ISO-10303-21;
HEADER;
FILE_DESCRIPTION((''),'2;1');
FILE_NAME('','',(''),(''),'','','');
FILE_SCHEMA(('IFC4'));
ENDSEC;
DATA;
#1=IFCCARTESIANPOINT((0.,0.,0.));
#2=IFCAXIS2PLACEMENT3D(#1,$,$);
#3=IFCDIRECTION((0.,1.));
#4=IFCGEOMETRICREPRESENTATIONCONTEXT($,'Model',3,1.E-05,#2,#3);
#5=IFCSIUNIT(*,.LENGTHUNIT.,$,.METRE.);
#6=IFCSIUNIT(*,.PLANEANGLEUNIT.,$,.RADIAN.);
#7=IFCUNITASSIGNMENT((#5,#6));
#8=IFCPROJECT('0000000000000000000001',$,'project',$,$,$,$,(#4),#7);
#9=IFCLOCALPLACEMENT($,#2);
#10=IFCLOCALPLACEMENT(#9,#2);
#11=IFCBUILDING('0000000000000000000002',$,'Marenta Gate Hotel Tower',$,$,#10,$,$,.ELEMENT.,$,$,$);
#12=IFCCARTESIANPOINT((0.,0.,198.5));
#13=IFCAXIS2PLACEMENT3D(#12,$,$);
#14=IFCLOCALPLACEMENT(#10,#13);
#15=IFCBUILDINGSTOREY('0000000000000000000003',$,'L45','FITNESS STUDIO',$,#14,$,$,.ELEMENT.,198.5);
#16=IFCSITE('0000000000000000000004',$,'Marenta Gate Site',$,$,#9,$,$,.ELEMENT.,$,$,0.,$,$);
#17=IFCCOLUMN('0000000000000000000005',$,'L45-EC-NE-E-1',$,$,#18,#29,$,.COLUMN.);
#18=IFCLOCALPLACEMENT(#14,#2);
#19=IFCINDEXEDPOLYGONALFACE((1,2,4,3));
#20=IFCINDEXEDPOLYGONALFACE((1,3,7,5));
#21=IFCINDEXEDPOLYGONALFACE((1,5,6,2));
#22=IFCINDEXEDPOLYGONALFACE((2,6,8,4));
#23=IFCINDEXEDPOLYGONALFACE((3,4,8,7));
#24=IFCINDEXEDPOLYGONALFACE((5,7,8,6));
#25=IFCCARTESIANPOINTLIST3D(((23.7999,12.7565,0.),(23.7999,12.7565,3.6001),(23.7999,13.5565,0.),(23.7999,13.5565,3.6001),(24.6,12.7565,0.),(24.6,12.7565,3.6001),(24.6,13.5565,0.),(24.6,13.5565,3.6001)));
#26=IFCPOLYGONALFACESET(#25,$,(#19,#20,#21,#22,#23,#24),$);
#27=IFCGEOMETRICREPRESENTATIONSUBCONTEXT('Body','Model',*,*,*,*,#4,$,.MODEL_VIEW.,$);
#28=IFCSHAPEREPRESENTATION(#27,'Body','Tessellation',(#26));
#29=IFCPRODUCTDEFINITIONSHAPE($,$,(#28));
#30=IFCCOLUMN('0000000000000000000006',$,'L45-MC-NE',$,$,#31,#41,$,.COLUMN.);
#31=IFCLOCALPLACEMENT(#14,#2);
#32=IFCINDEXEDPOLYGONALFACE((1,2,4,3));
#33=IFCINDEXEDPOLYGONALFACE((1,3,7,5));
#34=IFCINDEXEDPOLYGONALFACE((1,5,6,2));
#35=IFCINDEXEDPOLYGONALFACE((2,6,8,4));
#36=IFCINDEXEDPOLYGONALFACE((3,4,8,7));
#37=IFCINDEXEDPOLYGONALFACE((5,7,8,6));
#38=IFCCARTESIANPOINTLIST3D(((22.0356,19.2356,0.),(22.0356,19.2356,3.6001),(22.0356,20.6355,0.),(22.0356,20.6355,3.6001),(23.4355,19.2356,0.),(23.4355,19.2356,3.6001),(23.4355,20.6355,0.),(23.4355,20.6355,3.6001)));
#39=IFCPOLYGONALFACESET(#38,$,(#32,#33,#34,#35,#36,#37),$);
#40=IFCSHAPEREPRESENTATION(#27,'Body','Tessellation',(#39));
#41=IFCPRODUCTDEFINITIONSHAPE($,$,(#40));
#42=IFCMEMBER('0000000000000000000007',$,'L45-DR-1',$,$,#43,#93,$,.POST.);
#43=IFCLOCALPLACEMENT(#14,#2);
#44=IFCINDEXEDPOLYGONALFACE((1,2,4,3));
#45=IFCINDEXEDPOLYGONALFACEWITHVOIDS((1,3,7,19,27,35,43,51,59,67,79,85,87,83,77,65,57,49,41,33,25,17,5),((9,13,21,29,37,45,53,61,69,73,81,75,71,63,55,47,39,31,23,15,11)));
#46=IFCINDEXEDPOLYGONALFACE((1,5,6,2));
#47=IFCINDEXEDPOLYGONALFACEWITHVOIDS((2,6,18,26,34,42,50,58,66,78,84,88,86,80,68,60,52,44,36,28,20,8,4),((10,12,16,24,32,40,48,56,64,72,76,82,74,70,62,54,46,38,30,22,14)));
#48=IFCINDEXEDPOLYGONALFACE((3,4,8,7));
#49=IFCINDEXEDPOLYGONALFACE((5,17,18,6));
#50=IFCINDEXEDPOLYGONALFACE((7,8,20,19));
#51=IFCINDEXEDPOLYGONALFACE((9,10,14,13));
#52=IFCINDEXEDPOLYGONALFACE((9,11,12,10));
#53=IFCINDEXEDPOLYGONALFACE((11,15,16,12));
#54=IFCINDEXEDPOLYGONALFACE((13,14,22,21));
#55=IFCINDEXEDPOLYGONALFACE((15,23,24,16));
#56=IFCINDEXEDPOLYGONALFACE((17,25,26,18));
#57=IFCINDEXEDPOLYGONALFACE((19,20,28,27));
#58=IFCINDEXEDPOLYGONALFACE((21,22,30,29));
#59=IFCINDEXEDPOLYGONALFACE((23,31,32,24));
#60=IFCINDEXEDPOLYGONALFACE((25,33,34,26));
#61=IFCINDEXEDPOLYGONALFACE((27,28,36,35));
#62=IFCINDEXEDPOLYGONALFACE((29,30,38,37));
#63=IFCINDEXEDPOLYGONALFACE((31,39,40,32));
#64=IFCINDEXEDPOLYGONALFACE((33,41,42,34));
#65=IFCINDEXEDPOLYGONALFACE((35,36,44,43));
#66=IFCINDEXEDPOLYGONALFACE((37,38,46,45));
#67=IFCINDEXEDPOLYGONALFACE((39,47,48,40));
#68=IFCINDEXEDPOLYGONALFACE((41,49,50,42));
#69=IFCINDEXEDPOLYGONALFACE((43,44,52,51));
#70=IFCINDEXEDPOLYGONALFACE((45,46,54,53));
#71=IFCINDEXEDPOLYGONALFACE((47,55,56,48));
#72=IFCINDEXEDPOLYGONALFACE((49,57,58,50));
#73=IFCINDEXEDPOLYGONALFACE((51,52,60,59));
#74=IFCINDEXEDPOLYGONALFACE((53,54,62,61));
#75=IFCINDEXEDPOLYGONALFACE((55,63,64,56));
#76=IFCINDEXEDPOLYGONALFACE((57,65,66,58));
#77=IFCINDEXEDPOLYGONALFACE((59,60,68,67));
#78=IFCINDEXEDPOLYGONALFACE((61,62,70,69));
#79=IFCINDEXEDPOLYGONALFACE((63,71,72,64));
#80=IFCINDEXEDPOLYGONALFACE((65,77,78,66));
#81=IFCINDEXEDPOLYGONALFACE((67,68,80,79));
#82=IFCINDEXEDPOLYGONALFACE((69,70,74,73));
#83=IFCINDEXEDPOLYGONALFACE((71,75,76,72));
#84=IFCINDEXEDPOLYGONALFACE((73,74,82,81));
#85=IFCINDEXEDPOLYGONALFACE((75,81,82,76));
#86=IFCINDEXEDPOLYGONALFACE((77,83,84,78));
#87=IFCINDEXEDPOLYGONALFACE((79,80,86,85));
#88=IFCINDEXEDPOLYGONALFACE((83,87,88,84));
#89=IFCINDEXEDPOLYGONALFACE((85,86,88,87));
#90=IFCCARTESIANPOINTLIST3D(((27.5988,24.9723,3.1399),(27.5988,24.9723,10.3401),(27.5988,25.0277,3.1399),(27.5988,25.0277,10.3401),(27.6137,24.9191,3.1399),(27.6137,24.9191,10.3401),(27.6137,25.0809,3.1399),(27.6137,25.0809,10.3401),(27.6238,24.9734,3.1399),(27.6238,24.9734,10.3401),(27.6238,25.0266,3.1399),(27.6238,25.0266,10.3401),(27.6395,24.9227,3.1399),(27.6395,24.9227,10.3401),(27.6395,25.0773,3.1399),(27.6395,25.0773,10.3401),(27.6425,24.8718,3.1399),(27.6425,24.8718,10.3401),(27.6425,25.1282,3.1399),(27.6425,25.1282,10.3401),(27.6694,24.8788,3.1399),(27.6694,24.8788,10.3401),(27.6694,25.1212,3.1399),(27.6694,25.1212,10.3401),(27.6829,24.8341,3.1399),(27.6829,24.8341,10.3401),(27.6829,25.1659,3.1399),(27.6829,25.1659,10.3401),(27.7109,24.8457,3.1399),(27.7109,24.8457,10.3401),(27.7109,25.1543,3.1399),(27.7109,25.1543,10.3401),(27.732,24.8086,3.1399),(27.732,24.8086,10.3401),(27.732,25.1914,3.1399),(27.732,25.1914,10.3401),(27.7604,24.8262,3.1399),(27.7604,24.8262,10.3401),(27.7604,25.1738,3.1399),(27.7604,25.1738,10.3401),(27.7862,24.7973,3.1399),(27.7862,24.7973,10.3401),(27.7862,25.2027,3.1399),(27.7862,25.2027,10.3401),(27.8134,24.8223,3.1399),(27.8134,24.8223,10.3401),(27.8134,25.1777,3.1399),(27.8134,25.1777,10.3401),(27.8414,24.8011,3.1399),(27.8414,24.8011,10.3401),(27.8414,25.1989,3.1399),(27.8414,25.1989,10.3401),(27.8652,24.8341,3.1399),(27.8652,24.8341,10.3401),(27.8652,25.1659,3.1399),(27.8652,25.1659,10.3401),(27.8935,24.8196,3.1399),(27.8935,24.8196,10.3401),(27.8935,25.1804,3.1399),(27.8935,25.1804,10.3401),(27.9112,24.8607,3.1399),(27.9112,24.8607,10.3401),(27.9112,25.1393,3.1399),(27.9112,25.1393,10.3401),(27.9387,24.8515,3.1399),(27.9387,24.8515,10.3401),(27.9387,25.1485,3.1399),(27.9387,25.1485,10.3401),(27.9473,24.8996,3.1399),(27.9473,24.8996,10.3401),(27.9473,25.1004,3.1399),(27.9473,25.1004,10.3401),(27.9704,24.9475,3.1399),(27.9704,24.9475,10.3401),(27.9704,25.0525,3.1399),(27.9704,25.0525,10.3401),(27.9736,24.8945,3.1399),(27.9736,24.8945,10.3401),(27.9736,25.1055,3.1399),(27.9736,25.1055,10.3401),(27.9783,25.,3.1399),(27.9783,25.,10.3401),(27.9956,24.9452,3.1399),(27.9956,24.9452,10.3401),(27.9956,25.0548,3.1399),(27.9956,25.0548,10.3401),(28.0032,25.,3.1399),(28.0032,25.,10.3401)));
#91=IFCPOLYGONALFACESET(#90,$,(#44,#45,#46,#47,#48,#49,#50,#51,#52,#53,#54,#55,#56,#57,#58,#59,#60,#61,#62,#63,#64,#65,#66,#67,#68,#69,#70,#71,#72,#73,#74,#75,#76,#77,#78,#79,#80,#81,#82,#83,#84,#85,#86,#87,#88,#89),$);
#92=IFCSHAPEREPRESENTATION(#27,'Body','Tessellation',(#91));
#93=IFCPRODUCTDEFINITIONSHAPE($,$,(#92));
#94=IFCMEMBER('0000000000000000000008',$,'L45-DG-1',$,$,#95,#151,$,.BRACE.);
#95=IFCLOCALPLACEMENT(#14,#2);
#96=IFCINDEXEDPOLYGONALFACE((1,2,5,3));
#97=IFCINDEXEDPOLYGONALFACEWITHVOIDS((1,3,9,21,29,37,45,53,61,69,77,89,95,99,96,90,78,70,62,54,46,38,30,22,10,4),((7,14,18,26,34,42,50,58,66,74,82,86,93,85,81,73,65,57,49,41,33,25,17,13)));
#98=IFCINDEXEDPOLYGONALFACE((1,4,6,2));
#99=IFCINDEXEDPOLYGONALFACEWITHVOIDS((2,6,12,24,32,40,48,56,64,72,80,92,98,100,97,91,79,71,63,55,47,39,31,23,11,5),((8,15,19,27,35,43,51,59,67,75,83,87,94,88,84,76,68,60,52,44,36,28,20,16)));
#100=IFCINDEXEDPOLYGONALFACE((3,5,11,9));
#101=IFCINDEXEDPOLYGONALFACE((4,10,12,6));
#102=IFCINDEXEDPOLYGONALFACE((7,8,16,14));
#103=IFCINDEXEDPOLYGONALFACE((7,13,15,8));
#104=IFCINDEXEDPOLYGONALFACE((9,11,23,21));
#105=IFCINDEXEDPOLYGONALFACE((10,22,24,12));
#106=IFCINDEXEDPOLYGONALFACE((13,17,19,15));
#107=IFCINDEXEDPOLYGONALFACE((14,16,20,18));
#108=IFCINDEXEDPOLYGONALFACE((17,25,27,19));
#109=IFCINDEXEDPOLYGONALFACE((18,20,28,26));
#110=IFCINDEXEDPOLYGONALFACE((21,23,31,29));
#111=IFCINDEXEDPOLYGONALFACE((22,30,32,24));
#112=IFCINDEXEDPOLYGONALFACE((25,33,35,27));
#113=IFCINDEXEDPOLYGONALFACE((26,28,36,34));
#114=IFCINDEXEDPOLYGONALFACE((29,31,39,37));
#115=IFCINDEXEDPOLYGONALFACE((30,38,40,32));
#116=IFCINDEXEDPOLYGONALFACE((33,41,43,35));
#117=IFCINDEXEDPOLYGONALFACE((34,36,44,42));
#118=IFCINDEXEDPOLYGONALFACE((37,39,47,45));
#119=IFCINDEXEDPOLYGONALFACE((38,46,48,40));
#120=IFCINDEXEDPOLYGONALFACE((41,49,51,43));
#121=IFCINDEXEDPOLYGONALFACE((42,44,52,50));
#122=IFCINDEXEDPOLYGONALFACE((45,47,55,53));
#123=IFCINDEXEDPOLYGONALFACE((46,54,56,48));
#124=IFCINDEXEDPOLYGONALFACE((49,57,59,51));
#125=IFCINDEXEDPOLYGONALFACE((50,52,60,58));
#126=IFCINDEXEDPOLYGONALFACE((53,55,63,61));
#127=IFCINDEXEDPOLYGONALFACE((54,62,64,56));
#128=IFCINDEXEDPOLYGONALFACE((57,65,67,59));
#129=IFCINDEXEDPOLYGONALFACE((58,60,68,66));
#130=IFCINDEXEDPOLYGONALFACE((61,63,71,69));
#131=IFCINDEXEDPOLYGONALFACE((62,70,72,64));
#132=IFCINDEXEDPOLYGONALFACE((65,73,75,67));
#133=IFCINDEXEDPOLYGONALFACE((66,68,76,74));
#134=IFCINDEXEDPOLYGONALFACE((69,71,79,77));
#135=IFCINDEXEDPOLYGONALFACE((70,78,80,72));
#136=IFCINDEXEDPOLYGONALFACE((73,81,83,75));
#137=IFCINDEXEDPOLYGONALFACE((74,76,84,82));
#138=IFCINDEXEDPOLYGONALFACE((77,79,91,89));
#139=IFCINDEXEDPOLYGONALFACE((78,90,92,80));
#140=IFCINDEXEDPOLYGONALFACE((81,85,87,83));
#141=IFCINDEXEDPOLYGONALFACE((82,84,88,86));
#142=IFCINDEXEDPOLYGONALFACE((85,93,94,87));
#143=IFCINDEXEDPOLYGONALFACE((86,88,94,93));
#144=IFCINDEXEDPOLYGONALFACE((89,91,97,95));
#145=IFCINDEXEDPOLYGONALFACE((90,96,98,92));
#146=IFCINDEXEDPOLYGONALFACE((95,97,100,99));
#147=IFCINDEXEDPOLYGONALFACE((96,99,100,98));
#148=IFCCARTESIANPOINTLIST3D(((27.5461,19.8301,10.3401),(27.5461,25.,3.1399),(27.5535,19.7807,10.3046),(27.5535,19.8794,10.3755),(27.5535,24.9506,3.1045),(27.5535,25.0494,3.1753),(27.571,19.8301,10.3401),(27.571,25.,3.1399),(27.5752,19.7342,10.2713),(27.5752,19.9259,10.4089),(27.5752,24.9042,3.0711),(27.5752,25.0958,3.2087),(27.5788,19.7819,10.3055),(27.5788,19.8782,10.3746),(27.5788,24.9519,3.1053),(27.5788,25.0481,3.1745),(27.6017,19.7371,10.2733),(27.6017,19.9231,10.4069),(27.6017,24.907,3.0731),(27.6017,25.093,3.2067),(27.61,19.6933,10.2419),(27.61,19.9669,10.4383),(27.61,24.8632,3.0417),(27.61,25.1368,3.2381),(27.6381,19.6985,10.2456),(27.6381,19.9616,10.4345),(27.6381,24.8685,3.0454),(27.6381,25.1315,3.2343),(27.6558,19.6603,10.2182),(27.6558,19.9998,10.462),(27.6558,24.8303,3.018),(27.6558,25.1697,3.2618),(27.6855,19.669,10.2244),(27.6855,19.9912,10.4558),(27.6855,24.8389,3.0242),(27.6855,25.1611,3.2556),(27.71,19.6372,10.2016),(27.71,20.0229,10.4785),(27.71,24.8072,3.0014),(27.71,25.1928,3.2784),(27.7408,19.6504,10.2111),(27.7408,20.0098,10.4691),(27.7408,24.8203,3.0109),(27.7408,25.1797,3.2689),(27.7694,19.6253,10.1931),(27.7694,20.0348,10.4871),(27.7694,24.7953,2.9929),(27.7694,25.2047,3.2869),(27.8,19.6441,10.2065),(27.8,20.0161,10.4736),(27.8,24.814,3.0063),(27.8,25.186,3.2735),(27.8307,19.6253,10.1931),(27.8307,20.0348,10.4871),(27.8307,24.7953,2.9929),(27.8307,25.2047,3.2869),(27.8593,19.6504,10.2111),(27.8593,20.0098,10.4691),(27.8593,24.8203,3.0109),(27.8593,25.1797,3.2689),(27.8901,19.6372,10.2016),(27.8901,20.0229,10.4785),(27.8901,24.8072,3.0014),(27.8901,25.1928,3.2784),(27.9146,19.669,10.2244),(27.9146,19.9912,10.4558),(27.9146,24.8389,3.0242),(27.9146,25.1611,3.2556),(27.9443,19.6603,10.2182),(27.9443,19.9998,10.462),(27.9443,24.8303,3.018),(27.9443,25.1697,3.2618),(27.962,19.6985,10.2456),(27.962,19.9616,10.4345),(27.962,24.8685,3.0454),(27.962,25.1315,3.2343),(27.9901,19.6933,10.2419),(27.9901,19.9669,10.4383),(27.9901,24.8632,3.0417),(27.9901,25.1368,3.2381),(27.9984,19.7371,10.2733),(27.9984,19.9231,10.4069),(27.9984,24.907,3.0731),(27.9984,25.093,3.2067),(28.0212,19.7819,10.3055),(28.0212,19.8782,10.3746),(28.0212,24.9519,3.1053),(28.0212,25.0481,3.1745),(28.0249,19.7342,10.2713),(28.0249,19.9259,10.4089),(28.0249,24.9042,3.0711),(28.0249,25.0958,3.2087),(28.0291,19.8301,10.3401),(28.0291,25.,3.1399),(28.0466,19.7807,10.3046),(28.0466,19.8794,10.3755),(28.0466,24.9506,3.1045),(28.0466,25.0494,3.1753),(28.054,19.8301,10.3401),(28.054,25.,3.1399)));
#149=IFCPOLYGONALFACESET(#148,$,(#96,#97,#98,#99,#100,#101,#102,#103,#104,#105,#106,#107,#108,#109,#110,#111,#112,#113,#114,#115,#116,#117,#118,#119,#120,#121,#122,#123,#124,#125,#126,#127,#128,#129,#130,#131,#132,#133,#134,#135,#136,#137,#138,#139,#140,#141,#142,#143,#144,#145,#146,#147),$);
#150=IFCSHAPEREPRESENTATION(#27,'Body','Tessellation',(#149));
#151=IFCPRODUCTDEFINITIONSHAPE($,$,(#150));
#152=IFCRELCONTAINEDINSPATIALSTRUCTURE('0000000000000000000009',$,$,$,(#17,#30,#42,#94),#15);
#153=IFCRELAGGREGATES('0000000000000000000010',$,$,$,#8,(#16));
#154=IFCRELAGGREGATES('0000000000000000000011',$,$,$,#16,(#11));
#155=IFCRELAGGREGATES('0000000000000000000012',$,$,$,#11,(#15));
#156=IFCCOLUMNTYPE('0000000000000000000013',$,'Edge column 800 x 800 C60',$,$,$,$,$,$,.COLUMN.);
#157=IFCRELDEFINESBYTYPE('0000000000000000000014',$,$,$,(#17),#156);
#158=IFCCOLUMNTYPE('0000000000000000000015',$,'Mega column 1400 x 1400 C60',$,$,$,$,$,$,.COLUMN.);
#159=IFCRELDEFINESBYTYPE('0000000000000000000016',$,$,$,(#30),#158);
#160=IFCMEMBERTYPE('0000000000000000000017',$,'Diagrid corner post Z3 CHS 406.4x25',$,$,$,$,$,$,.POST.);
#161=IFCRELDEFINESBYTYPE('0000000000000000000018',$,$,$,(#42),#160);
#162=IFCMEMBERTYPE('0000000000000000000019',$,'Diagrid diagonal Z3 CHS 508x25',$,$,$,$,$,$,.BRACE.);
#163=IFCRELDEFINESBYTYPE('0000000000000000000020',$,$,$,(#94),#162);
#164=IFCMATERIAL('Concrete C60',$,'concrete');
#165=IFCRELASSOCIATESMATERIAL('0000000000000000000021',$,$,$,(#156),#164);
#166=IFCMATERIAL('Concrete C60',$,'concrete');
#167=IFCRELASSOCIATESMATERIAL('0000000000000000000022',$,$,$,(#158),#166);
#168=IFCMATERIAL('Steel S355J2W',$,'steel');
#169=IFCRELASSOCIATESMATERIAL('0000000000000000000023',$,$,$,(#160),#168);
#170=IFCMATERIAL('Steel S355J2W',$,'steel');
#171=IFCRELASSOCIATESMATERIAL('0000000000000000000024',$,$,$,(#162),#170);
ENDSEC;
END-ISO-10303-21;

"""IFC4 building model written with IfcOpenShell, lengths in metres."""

from ifc_helpers import new_model, si_unit, direction, frame, origin, origin_2d, place, context, subcontext, project, spatial, rectangle, hollow_circle, extrude, material, material_profile, profile_set, type_object, element, save


model = new_model("IFC4")

# Units and contexts
model_context = context("Model", 3, precision=1e-05, world=origin(), true_north=direction((0.0, 1.0)))
body_context = subcontext(model_context, "Body", "Model", "MODEL_VIEW")
ifc_project = project(units=[si_unit("LENGTHUNIT", "METRE"), si_unit("PLANEANGLEUNIT", "RADIAN")], contexts=[model_context])

# Site, building, storey
site_placement = place(None, origin())
site = spatial("IfcSite", under=ifc_project, at=site_placement, Name="Marenta Gate Site", CompositionType="ELEMENT", RefElevation=0.0)
building_placement = place(site_placement, origin())
building = spatial("IfcBuilding", under=site, at=building_placement, Name="Marenta Gate Hotel Tower", CompositionType="ELEMENT")
storey_placement = place(building_placement, frame((0.0, 0.0, 198.5)))
storey = spatial("IfcBuildingStorey", under=building, at=storey_placement, Name="L45", Description="FITNESS STUDIO", CompositionType="ELEMENT", Elevation=198.5)

# Columns
ifc_material_1 = material(Name="Concrete C60", Category="concrete")
ifc_material_profile_1 = material_profile(ifc_material_1, rectangle(XDim=0.8, YDim=0.8, at=origin_2d()), Name="800 x 800")
ifc_profile_set_1 = profile_set([ifc_material_profile_1], Name="Concrete C60")
column_type_1 = type_object("IfcColumnType", Name="Edge column 800 x 800 C60", PredefinedType="COLUMN", material=ifc_profile_set_1)
column_1_placement = place(storey_placement, frame((24.2, 13.1565, 0.0), z_axis=(0.0, 0.0, 1.0), x_axis=(1.0, 0.0, 0.0)))
element("IfcColumn", 1, at=column_1_placement, inside=storey, type_object=column_type_1, Name="L45-EC-NE-E-1", PredefinedType="COLUMN", context=body_context, shape_type="SweptSolid", body=[
    extrude(rectangle(XDim=0.8, YDim=0.8, at=origin_2d()), origin(), (0.0, 0.0, 1.0), 3.6001),
])
ifc_material_2 = material(Name="Concrete C60", Category="concrete")
ifc_material_profile_2 = material_profile(ifc_material_2, rectangle(XDim=1.3999, YDim=1.3999, at=origin_2d()), Name="1400 x 1400")
ifc_profile_set_2 = profile_set([ifc_material_profile_2], Name="Concrete C60")
column_type_2 = type_object("IfcColumnType", Name="Mega column 1400 x 1400 C60", PredefinedType="COLUMN", material=ifc_profile_set_2)
column_2_placement = place(storey_placement, frame((22.7356, 19.9355, 0.0), z_axis=(0.0, 0.0, 1.0), x_axis=(1.0, 0.0, 0.0)))
element("IfcColumn", 2, at=column_2_placement, inside=storey, type_object=column_type_2, Name="L45-MC-NE", PredefinedType="COLUMN", context=body_context, shape_type="SweptSolid", body=[
    extrude(rectangle(XDim=1.3999, YDim=1.3999, at=origin_2d()), origin(), (0.0, 0.0, 1.0), 3.6001),
])

# Members
ifc_material_3 = material(Name="Steel S355J2W", Category="steel")
ifc_material_profile_3 = material_profile(ifc_material_3, hollow_circle(Radius=0.2031, WallThickness=0.0249, at=origin_2d()), Name="CHS 406.4x25")
ifc_profile_set_3 = profile_set([ifc_material_profile_3], Name="Steel S355J2W")
member_type_1 = type_object("IfcMemberType", Name="Diagrid corner post Z3 CHS 406.4x25", PredefinedType="POST", material=ifc_profile_set_3)
member_1_placement = place(storey_placement, frame((27.8, 25.0, 3.1399), z_axis=(0.0, 0.0, 1.0), x_axis=(1.0, 0.0, 0.0)))
element("IfcMember", 3, at=member_1_placement, inside=storey, type_object=member_type_1, Name="L45-DR-1", PredefinedType="POST", context=body_context, shape_type="SweptSolid", body=[
    extrude(hollow_circle(Radius=0.2031, WallThickness=0.0249, at=origin_2d()), origin(), (0.0, 0.0, 1.0), 7.2002),
])
ifc_material_4 = material(Name="Steel S355J2W", Category="steel")
ifc_material_profile_4 = material_profile(ifc_material_4, hollow_circle(Radius=0.2539, WallThickness=0.0249, at=origin_2d()), Name="CHS 508x25")
ifc_profile_set_4 = profile_set([ifc_material_profile_4], Name="Steel S355J2W")
member_type_2 = type_object("IfcMemberType", Name="Diagrid diagonal Z3 CHS 508x25", PredefinedType="BRACE", material=ifc_profile_set_4)
member_2_placement = place(storey_placement, frame((27.8, 25.0, 3.1399), z_axis=(0.0, -0.583248, 0.812294), x_axis=(1.0, 0.0, 0.0)))
element("IfcMember", 4, at=member_2_placement, inside=storey, type_object=member_type_2, Name="L45-DG-1", PredefinedType="BRACE", context=body_context, shape_type="SweptSolid", body=[
    extrude(hollow_circle(Radius=0.2539, WallThickness=0.0249, at=origin_2d()), origin(), (0.0, 0.0, 1.0), 8.864),
])

save(model, "model.ifc")
